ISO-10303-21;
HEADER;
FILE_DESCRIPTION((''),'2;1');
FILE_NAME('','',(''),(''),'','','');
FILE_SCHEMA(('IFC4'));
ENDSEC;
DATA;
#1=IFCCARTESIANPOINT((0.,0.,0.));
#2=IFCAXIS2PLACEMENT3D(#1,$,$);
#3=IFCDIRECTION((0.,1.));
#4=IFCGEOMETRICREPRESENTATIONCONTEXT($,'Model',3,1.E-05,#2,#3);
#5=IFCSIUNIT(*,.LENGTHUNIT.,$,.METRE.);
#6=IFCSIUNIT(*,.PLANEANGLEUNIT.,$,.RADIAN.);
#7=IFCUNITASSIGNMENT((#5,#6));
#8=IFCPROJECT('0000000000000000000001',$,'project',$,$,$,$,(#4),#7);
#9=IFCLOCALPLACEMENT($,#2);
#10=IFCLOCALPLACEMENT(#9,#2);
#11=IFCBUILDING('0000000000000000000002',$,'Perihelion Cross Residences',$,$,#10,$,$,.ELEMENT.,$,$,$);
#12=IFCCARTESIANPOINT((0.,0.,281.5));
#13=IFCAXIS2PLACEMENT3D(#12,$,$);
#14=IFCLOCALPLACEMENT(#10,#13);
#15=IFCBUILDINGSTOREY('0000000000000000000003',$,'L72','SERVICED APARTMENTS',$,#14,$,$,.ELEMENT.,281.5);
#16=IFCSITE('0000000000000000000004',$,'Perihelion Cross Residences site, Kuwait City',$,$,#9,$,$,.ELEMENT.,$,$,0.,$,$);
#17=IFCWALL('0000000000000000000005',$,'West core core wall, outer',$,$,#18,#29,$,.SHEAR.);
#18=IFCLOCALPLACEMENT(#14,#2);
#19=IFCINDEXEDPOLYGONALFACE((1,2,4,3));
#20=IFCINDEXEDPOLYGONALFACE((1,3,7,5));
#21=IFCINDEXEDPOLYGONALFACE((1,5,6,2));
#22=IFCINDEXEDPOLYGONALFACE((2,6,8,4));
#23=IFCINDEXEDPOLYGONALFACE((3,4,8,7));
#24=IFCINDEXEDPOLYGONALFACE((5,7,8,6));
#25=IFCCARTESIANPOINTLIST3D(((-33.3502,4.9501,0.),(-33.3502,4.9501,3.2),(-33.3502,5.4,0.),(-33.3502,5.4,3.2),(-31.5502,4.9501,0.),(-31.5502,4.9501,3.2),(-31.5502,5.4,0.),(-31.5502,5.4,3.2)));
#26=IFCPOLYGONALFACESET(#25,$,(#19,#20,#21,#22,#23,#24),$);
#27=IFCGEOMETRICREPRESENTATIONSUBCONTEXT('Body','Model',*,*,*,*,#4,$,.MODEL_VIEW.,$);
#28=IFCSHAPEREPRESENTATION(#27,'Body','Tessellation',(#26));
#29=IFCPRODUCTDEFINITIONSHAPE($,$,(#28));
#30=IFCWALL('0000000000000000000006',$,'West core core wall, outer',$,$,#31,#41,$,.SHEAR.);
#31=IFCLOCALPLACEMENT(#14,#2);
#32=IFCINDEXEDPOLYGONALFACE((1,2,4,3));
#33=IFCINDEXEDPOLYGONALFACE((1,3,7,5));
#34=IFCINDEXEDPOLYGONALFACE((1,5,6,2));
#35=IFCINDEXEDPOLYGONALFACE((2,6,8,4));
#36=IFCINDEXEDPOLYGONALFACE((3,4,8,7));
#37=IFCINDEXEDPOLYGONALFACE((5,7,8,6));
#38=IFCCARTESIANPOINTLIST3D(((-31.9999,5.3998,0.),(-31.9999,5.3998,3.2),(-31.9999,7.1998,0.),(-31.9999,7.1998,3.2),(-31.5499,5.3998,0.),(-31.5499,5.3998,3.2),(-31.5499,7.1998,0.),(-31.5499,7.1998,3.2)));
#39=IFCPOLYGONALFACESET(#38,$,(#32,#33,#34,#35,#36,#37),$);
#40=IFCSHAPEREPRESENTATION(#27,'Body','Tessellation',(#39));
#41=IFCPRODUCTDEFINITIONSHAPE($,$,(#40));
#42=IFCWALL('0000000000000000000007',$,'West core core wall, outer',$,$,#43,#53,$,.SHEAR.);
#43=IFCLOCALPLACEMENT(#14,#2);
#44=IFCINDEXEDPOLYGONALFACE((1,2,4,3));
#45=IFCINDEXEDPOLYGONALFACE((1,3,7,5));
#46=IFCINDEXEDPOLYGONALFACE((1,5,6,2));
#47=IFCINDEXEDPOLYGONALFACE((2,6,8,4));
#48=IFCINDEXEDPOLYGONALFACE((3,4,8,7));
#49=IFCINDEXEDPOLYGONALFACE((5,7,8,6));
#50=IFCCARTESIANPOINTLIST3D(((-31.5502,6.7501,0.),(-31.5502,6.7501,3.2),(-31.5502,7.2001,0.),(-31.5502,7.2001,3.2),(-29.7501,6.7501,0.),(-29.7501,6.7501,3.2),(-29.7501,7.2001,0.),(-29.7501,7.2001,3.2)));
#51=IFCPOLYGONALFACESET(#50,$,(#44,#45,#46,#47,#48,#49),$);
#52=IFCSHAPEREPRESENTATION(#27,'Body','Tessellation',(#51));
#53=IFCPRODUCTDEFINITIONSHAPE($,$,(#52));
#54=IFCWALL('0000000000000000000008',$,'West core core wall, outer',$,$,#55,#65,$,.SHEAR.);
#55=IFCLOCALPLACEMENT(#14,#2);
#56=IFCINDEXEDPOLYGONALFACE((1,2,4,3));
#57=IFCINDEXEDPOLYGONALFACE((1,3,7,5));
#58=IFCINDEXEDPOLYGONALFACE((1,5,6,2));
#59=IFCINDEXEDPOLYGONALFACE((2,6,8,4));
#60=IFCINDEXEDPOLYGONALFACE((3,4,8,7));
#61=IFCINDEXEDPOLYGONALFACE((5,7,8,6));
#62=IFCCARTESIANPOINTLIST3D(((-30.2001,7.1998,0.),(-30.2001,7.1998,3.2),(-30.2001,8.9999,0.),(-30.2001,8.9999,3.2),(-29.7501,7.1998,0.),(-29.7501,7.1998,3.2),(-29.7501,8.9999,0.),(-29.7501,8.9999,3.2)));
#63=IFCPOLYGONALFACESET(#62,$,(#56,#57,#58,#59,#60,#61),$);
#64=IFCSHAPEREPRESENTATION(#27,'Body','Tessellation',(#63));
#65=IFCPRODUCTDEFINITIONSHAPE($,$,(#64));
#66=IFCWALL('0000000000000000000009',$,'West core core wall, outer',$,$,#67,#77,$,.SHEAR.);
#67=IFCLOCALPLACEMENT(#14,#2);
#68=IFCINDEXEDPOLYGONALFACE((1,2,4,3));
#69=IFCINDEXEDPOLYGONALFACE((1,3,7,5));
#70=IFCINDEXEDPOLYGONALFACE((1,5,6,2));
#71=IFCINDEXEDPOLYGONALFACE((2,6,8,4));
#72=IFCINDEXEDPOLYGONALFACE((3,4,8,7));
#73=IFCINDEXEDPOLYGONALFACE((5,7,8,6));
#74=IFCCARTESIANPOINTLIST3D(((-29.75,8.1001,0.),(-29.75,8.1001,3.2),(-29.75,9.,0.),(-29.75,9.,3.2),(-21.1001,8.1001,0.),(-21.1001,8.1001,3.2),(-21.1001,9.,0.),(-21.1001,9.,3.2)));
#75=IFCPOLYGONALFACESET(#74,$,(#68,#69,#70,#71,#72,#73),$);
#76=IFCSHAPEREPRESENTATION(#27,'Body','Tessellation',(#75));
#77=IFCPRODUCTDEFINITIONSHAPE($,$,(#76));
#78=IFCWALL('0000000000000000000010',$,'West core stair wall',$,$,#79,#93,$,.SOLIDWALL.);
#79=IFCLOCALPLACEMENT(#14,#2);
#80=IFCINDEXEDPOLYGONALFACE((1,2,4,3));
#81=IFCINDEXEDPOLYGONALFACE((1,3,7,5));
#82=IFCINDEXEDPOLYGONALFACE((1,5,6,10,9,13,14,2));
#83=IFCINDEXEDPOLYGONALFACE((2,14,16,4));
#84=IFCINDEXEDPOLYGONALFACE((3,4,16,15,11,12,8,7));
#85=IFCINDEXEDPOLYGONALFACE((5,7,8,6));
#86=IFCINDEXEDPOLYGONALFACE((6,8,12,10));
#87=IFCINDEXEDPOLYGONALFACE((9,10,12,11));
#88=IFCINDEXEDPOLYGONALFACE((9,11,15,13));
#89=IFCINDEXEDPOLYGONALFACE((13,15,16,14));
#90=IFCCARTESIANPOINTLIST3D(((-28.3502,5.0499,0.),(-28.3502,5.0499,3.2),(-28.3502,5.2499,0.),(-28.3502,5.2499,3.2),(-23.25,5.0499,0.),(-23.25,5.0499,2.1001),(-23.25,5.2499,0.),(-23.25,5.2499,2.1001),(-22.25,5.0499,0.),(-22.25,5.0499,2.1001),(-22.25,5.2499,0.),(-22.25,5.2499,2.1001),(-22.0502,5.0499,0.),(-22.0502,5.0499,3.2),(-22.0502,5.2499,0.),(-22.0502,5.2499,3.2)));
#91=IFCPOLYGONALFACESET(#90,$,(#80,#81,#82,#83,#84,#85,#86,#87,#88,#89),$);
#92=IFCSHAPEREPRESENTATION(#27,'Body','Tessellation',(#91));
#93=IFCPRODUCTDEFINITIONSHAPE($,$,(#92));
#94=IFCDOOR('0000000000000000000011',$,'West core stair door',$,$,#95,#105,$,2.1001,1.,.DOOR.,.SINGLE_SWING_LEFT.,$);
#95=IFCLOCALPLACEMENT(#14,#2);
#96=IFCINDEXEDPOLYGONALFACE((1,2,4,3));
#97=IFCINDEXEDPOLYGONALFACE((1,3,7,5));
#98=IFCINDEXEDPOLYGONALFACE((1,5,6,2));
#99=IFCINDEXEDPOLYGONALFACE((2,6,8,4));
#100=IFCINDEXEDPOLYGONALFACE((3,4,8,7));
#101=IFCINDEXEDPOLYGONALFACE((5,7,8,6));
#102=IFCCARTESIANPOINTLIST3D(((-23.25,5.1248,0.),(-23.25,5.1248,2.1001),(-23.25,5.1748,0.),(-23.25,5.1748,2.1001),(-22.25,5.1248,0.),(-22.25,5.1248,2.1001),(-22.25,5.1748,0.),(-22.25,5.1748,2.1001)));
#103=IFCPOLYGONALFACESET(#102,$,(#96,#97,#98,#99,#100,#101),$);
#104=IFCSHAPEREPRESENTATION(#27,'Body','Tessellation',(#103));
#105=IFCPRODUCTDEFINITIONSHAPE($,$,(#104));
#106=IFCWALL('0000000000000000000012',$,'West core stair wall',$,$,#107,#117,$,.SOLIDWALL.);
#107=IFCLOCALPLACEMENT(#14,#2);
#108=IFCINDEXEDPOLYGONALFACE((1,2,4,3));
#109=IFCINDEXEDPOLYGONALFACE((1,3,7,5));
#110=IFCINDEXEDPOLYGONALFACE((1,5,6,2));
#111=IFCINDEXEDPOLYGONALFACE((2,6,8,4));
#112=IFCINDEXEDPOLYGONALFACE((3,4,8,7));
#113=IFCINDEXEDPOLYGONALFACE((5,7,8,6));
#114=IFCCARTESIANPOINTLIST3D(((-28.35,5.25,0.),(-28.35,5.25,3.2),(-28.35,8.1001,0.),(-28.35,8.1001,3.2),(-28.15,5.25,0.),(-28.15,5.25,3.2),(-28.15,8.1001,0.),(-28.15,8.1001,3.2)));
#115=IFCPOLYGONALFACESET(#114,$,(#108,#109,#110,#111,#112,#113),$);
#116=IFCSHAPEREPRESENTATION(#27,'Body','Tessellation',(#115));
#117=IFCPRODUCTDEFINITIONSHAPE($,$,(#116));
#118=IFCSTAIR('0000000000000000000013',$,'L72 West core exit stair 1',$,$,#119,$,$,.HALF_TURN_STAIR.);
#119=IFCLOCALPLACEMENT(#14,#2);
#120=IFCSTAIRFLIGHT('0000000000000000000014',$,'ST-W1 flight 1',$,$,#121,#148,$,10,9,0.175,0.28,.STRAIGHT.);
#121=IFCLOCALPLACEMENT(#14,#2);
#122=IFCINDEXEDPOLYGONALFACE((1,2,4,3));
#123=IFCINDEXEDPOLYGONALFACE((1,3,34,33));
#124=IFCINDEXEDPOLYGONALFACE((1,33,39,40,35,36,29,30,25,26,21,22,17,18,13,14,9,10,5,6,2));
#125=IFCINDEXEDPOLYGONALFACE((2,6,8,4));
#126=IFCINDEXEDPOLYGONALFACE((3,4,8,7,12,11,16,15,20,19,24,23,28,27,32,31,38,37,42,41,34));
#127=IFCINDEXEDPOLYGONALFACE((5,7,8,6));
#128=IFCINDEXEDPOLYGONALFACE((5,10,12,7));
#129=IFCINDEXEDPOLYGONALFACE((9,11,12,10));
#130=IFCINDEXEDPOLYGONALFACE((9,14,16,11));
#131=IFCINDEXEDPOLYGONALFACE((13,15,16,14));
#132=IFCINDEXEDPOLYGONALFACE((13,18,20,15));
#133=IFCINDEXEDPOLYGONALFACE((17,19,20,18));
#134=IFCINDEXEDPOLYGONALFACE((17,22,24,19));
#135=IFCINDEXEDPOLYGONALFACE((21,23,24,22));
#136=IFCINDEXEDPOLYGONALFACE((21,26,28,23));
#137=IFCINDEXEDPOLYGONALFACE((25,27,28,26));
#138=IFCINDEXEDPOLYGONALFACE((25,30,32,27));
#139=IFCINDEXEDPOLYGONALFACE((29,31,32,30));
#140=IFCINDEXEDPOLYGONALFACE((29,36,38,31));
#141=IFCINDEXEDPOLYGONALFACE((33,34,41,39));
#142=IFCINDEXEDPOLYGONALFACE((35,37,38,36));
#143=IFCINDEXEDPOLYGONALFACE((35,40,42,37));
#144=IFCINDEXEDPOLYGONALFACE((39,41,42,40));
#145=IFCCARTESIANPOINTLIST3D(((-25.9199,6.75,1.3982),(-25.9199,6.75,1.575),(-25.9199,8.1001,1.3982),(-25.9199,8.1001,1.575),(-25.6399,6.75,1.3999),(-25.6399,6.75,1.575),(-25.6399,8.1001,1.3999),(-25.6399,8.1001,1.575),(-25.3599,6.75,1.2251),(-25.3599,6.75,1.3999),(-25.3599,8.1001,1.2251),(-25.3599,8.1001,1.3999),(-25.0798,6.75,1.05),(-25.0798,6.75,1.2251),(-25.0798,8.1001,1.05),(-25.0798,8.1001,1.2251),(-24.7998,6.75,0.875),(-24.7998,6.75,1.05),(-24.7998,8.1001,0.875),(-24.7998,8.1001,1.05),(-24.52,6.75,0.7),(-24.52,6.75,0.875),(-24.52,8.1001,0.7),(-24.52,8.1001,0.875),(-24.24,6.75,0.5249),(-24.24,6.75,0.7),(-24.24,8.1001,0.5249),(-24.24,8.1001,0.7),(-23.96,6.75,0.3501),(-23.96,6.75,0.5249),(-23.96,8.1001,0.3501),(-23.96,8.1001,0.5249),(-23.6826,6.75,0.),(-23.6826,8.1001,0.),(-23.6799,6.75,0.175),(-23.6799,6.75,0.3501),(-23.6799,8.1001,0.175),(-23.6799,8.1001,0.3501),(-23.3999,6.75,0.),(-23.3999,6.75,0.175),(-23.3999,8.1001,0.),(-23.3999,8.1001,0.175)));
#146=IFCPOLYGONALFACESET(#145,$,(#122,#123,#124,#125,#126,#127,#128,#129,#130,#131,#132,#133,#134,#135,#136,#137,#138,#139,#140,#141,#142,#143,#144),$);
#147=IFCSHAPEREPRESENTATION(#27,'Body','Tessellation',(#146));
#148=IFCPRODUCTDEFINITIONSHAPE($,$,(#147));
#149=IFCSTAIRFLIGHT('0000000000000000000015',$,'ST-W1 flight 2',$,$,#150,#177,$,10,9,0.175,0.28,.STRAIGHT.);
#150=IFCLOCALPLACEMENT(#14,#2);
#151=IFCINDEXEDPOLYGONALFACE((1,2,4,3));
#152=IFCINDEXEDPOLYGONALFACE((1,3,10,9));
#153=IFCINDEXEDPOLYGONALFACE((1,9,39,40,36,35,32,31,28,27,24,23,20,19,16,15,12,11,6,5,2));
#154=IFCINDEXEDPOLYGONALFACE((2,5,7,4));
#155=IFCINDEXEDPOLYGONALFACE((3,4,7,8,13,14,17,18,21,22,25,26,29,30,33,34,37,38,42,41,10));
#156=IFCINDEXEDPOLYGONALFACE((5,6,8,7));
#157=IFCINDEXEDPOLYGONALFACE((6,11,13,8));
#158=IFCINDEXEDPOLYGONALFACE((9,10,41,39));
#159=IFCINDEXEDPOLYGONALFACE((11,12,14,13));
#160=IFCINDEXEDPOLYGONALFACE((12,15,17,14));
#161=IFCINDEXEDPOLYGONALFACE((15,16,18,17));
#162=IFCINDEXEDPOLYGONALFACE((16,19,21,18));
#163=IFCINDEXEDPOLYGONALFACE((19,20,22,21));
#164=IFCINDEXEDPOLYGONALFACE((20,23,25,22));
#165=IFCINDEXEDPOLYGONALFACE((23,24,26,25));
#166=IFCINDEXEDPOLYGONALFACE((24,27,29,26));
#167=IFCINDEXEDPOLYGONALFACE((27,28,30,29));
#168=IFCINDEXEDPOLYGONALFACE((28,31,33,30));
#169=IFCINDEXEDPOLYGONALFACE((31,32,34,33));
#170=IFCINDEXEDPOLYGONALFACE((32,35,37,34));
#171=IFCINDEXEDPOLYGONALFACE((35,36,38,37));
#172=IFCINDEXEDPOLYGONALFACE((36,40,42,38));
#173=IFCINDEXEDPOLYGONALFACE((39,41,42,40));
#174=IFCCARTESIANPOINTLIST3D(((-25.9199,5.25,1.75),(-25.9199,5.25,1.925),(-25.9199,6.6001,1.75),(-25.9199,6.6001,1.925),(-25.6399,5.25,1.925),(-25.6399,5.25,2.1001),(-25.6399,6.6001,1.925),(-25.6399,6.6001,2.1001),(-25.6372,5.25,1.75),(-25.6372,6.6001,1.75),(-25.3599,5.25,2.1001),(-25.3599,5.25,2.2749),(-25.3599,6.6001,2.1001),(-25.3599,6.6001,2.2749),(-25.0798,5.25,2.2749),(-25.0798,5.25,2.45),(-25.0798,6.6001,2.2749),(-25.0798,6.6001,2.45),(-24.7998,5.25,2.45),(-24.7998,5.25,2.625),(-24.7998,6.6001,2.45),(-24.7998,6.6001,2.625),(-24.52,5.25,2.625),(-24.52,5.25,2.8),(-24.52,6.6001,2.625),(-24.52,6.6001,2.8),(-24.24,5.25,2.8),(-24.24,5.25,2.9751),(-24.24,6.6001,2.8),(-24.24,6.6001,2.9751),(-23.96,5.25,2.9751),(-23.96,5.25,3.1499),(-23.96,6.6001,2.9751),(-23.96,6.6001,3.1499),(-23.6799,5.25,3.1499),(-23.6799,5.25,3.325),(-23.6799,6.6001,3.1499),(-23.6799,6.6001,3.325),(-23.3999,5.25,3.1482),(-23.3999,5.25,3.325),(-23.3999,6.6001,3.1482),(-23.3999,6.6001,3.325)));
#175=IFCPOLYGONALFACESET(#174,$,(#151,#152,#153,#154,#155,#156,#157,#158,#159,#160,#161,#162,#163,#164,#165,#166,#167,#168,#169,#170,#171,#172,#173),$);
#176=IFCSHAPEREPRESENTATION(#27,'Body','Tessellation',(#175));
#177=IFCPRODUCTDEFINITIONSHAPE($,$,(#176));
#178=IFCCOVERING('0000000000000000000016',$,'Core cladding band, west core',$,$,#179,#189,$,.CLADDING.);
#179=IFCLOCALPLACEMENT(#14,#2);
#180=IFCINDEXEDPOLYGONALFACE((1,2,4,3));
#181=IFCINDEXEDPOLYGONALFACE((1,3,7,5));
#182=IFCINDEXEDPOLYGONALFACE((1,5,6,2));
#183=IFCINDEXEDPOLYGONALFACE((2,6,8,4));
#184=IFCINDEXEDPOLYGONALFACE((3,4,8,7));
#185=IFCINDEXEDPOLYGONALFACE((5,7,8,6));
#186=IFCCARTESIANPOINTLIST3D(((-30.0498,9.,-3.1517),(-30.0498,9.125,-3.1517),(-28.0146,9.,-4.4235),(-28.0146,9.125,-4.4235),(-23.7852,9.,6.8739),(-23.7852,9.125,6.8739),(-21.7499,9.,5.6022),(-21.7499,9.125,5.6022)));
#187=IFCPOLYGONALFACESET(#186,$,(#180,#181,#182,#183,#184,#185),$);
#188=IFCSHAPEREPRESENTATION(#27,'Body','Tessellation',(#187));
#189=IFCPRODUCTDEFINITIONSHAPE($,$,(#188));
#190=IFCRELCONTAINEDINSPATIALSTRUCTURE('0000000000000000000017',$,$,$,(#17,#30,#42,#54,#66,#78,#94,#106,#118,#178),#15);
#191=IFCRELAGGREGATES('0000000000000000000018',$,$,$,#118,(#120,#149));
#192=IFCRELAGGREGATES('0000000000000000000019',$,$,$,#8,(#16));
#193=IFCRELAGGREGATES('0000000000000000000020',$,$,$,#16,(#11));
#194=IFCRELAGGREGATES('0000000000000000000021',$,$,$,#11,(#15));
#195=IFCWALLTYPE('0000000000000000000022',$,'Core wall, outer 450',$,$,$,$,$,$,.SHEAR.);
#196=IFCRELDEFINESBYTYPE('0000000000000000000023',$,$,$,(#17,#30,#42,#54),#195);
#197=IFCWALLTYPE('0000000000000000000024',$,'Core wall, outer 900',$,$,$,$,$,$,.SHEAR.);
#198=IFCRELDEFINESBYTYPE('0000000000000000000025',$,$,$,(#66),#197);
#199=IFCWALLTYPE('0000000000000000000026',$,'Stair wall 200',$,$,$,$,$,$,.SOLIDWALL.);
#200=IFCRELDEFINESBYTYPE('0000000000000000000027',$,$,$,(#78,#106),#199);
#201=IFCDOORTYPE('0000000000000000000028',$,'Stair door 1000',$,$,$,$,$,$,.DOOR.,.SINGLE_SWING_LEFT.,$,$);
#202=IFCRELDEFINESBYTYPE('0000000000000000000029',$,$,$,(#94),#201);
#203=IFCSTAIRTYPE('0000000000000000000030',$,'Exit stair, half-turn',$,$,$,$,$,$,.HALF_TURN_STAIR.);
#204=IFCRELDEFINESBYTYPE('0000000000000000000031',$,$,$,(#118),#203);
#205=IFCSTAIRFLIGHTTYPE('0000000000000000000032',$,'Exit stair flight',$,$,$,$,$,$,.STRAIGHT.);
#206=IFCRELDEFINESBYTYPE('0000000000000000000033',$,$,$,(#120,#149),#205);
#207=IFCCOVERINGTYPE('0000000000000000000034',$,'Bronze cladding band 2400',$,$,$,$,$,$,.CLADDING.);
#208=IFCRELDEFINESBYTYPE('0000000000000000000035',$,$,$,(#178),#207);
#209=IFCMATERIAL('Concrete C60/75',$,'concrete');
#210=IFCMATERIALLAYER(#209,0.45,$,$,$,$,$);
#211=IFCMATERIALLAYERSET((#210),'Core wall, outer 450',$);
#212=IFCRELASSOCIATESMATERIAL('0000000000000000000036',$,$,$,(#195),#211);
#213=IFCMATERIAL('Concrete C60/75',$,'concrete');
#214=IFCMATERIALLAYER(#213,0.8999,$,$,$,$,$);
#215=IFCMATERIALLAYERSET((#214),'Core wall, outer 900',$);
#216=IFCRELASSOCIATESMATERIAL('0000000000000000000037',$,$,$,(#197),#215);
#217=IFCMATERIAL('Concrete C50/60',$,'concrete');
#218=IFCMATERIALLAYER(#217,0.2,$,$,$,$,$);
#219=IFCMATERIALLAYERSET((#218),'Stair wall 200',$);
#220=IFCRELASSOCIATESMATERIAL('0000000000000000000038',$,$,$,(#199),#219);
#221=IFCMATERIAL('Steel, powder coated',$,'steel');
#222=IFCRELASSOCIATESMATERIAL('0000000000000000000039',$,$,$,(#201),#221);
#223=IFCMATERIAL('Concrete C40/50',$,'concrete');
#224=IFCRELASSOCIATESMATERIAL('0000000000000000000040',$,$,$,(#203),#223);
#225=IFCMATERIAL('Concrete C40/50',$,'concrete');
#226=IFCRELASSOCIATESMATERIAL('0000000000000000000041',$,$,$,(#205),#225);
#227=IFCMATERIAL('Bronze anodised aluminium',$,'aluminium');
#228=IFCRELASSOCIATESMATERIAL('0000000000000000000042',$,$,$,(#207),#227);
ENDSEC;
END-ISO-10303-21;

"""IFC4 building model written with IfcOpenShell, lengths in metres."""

from ifc_helpers import new_model, si_unit, direction, frame, frame_2d, origin, origin_2d, place, context, subcontext, project, spatial, polyline, rectangle, outline, extrude, material, layer, layer_set, material_profile, profile_set, type_object, element, fill, aggregate, save


model = new_model("IFC4")

# Units and contexts
model_context = context("Model", 3, precision=1e-05, world=origin(), true_north=direction((0.0, 1.0)))
body_context = subcontext(model_context, "Body", "Model", "MODEL_VIEW")
ifc_project = project(units=[si_unit("LENGTHUNIT", "METRE"), si_unit("PLANEANGLEUNIT", "RADIAN")], contexts=[model_context])

# Site, building, storey
site_placement = place(None, origin())
site = spatial("IfcSite", under=ifc_project, at=site_placement, Name="Perihelion Cross Residences site, Kuwait City", CompositionType="ELEMENT", RefElevation=0.0)
building_placement = place(site_placement, origin())
building = spatial("IfcBuilding", under=site, at=building_placement, Name="Perihelion Cross Residences", CompositionType="ELEMENT")
storey_placement = place(building_placement, frame((0.0, 0.0, 281.5)))
storey = spatial("IfcBuildingStorey", under=building, at=storey_placement, Name="L72", Description="SERVICED APARTMENTS", CompositionType="ELEMENT", Elevation=281.5)

# Walls
ifc_material_1 = material(Name="Concrete C60/75", Category="concrete")
ifc_layer_1 = layer(ifc_material_1, 0.45)
ifc_layer_set_1 = layer_set([ifc_layer_1], Name="Core wall, outer 450")
wall_type_1 = type_object("IfcWallType", Name="Core wall, outer 450", PredefinedType="SHEAR", material=ifc_layer_set_1)
for number, where, z_axis, x_axis, name in (
    (1, (-33.3501, 5.175, 0.0), (0.0, 0.0, 1.0), (1.0, 0.0, 0.0), "West core core wall, outer"),
    (2, (-31.7749, 5.3999, 0.0), (0.0, 0.0, 1.0), (0.0, 1.0, 0.0), "West core core wall, outer"),
    (3, (-31.55, 6.9751, 0.0), (0.0, 0.0, 1.0), (1.0, 0.0, 0.0), "West core core wall, outer"),
    (4, (-29.9751, 7.2, 0.0), (0.0, 0.0, 1.0), (0.0, 1.0, 0.0), "West core core wall, outer"),
):
    element("IfcWall", number, at=place(storey_placement, frame(where, z_axis=z_axis, x_axis=x_axis)), inside=storey, type_object=wall_type_1, Name=name, PredefinedType="SHEAR", context=body_context, shape_type="SweptSolid", body=[
        extrude(rectangle(XDim=1.8, YDim=0.45, at=frame_2d((0.8999, 0.0))), origin(), (0.0, 0.0, 1.0), 3.2),
    ])
ifc_material_2 = material(Name="Concrete C60/75", Category="concrete")
ifc_layer_2 = layer(ifc_material_2, 0.8999)
ifc_layer_set_2 = layer_set([ifc_layer_2], Name="Core wall, outer 900")
wall_type_2 = type_object("IfcWallType", Name="Core wall, outer 900", PredefinedType="SHEAR", material=ifc_layer_set_2)
wall_1_placement = place(storey_placement, frame((-29.75, 8.55, 0.0), z_axis=(0.0, 0.0, 1.0), x_axis=(1.0, 0.0, 0.0)))
element("IfcWall", 5, at=wall_1_placement, inside=storey, type_object=wall_type_2, Name="West core core wall, outer", PredefinedType="SHEAR", context=body_context, shape_type="SweptSolid", body=[
    extrude(rectangle(XDim=8.6499, YDim=0.8999, at=frame_2d((4.325, 0.0))), origin(), (0.0, 0.0, 1.0), 3.2),
])

# Wall, opening, door
ifc_material_3 = material(Name="Concrete C50/60", Category="concrete")
ifc_layer_3 = layer(ifc_material_3, 0.2)
ifc_layer_set_3 = layer_set([ifc_layer_3], Name="Stair wall 200")
wall_type_3 = type_object("IfcWallType", Name="Stair wall 200", PredefinedType="SOLIDWALL", material=ifc_layer_set_3)
wall_2_placement = place(storey_placement, frame((-28.3501, 5.1499, 0.0), z_axis=(0.0, 0.0, 1.0), x_axis=(1.0, 0.0, 0.0)))
wall_2 = element("IfcWall", 6, at=wall_2_placement, inside=storey, type_object=wall_type_3, Name="West core stair wall", PredefinedType="SOLIDWALL", context=body_context, shape_type="SweptSolid", body=[
    extrude(rectangle(XDim=6.3, YDim=0.2, at=frame_2d((3.1499, 0.0))), origin(), (0.0, 0.0, 1.0), 3.2),
])
opening_placement = place(wall_2_placement, frame((5.1001, 0.0, 0.0)))
opening = element("IfcOpeningElement", 7, at=opening_placement, cuts=wall_2, PredefinedType="OPENING", context=body_context, shape_type="SweptSolid", body=[
    extrude(rectangle(XDim=1.0, YDim=2.1001, at=frame_2d((0.5, 1.05))), frame((0.0, 0.1099, 0.0), z_axis=(0.0, -1.0, 0.0), x_axis=(1.0, 0.0, 0.0)), (0.0, 0.0, 1.0), 0.22),
])
ifc_material_4 = material(Name="Steel, powder coated", Category="steel")
door_type = type_object("IfcDoorType", Name="Stair door 1000", OperationType="SINGLE_SWING_LEFT", PredefinedType="DOOR", material=ifc_material_4)
door_placement = place(opening_placement, origin())
door = element("IfcDoor", 8, at=door_placement, inside=storey, type_object=door_type, Name="West core stair door", OperationType="SINGLE_SWING_LEFT", OverallHeight=2.1001, OverallWidth=1.0, PredefinedType="DOOR", context=body_context, shape_type="SweptSolid", body=[
    extrude(rectangle(XDim=1.0, YDim=2.1001, at=frame_2d((0.5, 1.05))), frame((0.0, 0.0249, 0.0), z_axis=(0.0, -1.0, 0.0), x_axis=(1.0, 0.0, 0.0)), (0.0, 0.0, 1.0), 0.05),
])
fill(opening, door)

# Wall
wall_3_placement = place(storey_placement, frame((-28.25, 5.25, 0.0), z_axis=(0.0, 0.0, 1.0), x_axis=(0.0, 1.0, 0.0)))
element("IfcWall", 9, at=wall_3_placement, inside=storey, type_object=wall_type_3, Name="West core stair wall", PredefinedType="SOLIDWALL", context=body_context, shape_type="SweptSolid", body=[
    extrude(rectangle(XDim=2.8501, YDim=0.2, at=frame_2d((1.425, 0.0))), origin(), (0.0, 0.0, 1.0), 3.2),
])

# Stair, stair flights
ifc_material_5 = material(Name="Concrete C40/50", Category="concrete")
stair_type = type_object("IfcStairType", Name="Exit stair, half-turn", PredefinedType="HALF_TURN_STAIR", material=ifc_material_5)
stair_placement = place(storey_placement, origin())
stair = element("IfcStair", 10, at=stair_placement, inside=storey, type_object=stair_type, Name="L72 West core exit stair 1", PredefinedType="HALF_TURN_STAIR")
ifc_material_6 = material(Name="Concrete C40/50", Category="concrete")
stair_flight_type = type_object("IfcStairFlightType", Name="Exit stair flight", PredefinedType="STRAIGHT", material=ifc_material_6)
stair_flight_1_placement = place(storey_placement, frame((-23.3999, 7.425, 0.0), z_axis=(0.0, 0.0, 1.0), x_axis=(-1.0, 0.0, 0.0)))
stair_flight_1 = element("IfcStairFlight", 11, at=stair_flight_1_placement, type_object=stair_flight_type, Name="ST-W1 flight 1", NumberOfRisers=10, NumberOfTreads=9, PredefinedType="STRAIGHT", RiserHeight=0.175, TreadLength=0.28, context=body_context, shape_type="SweptSolid", body=[
    extrude(outline(polyline([(0.0, 0.0), (0.0, 0.175), (0.28, 0.175), (0.28, 0.3501), (0.5601, 0.3501), (0.5601, 0.5249), (0.8401, 0.5249), (0.8401, 0.7), (1.1201, 0.7), (1.1201, 0.875), (1.3999, 0.875), (1.3999, 1.05), (1.6799, 1.05), (1.6799, 1.2251), (1.96, 1.2251), (1.96, 1.3999), (2.24, 1.3999), (2.24, 1.575), (2.52, 1.575), (2.52, 1.75), (2.52, 1.3982), (0.2827, 0.0), (0.0, 0.0)])), frame((0.0, 0.675, 0.0), z_axis=(0.0, -1.0, 0.0), x_axis=(1.0, 0.0, 0.0)), (0.0, 0.0, 1.0), 1.3501),
])
stair_flight_2_placement = place(storey_placement, frame((-25.9199, 5.925, 1.75), z_axis=(0.0, 0.0, 1.0), x_axis=(1.0, 0.0, 0.0)))
stair_flight_2 = element("IfcStairFlight", 12, at=stair_flight_2_placement, type_object=stair_flight_type, Name="ST-W1 flight 2", NumberOfRisers=10, NumberOfTreads=9, PredefinedType="STRAIGHT", RiserHeight=0.175, TreadLength=0.28, context=body_context, shape_type="SweptSolid", body=[
    extrude(outline(polyline([(0.0, 0.0), (0.0, 0.175), (0.28, 0.175), (0.28, 0.3501), (0.5601, 0.3501), (0.5601, 0.5249), (0.8401, 0.5249), (0.8401, 0.7), (1.1201, 0.7), (1.1201, 0.875), (1.3999, 0.875), (1.3999, 1.05), (1.6799, 1.05), (1.6799, 1.2251), (1.96, 1.2251), (1.96, 1.3999), (2.24, 1.3999), (2.24, 1.575), (2.52, 1.575), (2.52, 1.75), (2.52, 1.3982), (0.2827, 0.0), (0.0, 0.0)])), frame((0.0, 0.675, 0.0), z_axis=(0.0, -1.0, 0.0), x_axis=(1.0, 0.0, 0.0)), (0.0, 0.0, 1.0), 1.3501),
])
aggregate(stair, [stair_flight_1, stair_flight_2])

# Covering
ifc_material_7 = material(Name="Bronze anodised aluminium", Category="aluminium")
ifc_material_profile = material_profile(ifc_material_7, rectangle(XDim=0.125, YDim=2.3999, at=origin_2d()), Name="Bronze cladding band 2400")
ifc_profile_set = profile_set([ifc_material_profile], Name="Bronze anodised aluminium")
covering_type = type_object("IfcCoveringType", Name="Bronze cladding band 2400", PredefinedType="CLADDING", material=ifc_profile_set)
covering_placement = place(storey_placement, frame((-29.0322, 9.0625, -3.7876), z_axis=(0.529915, 0.0, 0.848051), x_axis=(0.0, 1.0, 0.0)))
element("IfcCovering", 13, at=covering_placement, inside=storey, type_object=covering_type, Name="Core cladding band, west core", PredefinedType="CLADDING", context=body_context, shape_type="SweptSolid", body=[
    extrude(rectangle(XDim=0.125, YDim=2.3999, at=origin_2d()), origin(), (0.0, 0.0, 1.0), 11.822),
])

save(model, "model.ifc")
